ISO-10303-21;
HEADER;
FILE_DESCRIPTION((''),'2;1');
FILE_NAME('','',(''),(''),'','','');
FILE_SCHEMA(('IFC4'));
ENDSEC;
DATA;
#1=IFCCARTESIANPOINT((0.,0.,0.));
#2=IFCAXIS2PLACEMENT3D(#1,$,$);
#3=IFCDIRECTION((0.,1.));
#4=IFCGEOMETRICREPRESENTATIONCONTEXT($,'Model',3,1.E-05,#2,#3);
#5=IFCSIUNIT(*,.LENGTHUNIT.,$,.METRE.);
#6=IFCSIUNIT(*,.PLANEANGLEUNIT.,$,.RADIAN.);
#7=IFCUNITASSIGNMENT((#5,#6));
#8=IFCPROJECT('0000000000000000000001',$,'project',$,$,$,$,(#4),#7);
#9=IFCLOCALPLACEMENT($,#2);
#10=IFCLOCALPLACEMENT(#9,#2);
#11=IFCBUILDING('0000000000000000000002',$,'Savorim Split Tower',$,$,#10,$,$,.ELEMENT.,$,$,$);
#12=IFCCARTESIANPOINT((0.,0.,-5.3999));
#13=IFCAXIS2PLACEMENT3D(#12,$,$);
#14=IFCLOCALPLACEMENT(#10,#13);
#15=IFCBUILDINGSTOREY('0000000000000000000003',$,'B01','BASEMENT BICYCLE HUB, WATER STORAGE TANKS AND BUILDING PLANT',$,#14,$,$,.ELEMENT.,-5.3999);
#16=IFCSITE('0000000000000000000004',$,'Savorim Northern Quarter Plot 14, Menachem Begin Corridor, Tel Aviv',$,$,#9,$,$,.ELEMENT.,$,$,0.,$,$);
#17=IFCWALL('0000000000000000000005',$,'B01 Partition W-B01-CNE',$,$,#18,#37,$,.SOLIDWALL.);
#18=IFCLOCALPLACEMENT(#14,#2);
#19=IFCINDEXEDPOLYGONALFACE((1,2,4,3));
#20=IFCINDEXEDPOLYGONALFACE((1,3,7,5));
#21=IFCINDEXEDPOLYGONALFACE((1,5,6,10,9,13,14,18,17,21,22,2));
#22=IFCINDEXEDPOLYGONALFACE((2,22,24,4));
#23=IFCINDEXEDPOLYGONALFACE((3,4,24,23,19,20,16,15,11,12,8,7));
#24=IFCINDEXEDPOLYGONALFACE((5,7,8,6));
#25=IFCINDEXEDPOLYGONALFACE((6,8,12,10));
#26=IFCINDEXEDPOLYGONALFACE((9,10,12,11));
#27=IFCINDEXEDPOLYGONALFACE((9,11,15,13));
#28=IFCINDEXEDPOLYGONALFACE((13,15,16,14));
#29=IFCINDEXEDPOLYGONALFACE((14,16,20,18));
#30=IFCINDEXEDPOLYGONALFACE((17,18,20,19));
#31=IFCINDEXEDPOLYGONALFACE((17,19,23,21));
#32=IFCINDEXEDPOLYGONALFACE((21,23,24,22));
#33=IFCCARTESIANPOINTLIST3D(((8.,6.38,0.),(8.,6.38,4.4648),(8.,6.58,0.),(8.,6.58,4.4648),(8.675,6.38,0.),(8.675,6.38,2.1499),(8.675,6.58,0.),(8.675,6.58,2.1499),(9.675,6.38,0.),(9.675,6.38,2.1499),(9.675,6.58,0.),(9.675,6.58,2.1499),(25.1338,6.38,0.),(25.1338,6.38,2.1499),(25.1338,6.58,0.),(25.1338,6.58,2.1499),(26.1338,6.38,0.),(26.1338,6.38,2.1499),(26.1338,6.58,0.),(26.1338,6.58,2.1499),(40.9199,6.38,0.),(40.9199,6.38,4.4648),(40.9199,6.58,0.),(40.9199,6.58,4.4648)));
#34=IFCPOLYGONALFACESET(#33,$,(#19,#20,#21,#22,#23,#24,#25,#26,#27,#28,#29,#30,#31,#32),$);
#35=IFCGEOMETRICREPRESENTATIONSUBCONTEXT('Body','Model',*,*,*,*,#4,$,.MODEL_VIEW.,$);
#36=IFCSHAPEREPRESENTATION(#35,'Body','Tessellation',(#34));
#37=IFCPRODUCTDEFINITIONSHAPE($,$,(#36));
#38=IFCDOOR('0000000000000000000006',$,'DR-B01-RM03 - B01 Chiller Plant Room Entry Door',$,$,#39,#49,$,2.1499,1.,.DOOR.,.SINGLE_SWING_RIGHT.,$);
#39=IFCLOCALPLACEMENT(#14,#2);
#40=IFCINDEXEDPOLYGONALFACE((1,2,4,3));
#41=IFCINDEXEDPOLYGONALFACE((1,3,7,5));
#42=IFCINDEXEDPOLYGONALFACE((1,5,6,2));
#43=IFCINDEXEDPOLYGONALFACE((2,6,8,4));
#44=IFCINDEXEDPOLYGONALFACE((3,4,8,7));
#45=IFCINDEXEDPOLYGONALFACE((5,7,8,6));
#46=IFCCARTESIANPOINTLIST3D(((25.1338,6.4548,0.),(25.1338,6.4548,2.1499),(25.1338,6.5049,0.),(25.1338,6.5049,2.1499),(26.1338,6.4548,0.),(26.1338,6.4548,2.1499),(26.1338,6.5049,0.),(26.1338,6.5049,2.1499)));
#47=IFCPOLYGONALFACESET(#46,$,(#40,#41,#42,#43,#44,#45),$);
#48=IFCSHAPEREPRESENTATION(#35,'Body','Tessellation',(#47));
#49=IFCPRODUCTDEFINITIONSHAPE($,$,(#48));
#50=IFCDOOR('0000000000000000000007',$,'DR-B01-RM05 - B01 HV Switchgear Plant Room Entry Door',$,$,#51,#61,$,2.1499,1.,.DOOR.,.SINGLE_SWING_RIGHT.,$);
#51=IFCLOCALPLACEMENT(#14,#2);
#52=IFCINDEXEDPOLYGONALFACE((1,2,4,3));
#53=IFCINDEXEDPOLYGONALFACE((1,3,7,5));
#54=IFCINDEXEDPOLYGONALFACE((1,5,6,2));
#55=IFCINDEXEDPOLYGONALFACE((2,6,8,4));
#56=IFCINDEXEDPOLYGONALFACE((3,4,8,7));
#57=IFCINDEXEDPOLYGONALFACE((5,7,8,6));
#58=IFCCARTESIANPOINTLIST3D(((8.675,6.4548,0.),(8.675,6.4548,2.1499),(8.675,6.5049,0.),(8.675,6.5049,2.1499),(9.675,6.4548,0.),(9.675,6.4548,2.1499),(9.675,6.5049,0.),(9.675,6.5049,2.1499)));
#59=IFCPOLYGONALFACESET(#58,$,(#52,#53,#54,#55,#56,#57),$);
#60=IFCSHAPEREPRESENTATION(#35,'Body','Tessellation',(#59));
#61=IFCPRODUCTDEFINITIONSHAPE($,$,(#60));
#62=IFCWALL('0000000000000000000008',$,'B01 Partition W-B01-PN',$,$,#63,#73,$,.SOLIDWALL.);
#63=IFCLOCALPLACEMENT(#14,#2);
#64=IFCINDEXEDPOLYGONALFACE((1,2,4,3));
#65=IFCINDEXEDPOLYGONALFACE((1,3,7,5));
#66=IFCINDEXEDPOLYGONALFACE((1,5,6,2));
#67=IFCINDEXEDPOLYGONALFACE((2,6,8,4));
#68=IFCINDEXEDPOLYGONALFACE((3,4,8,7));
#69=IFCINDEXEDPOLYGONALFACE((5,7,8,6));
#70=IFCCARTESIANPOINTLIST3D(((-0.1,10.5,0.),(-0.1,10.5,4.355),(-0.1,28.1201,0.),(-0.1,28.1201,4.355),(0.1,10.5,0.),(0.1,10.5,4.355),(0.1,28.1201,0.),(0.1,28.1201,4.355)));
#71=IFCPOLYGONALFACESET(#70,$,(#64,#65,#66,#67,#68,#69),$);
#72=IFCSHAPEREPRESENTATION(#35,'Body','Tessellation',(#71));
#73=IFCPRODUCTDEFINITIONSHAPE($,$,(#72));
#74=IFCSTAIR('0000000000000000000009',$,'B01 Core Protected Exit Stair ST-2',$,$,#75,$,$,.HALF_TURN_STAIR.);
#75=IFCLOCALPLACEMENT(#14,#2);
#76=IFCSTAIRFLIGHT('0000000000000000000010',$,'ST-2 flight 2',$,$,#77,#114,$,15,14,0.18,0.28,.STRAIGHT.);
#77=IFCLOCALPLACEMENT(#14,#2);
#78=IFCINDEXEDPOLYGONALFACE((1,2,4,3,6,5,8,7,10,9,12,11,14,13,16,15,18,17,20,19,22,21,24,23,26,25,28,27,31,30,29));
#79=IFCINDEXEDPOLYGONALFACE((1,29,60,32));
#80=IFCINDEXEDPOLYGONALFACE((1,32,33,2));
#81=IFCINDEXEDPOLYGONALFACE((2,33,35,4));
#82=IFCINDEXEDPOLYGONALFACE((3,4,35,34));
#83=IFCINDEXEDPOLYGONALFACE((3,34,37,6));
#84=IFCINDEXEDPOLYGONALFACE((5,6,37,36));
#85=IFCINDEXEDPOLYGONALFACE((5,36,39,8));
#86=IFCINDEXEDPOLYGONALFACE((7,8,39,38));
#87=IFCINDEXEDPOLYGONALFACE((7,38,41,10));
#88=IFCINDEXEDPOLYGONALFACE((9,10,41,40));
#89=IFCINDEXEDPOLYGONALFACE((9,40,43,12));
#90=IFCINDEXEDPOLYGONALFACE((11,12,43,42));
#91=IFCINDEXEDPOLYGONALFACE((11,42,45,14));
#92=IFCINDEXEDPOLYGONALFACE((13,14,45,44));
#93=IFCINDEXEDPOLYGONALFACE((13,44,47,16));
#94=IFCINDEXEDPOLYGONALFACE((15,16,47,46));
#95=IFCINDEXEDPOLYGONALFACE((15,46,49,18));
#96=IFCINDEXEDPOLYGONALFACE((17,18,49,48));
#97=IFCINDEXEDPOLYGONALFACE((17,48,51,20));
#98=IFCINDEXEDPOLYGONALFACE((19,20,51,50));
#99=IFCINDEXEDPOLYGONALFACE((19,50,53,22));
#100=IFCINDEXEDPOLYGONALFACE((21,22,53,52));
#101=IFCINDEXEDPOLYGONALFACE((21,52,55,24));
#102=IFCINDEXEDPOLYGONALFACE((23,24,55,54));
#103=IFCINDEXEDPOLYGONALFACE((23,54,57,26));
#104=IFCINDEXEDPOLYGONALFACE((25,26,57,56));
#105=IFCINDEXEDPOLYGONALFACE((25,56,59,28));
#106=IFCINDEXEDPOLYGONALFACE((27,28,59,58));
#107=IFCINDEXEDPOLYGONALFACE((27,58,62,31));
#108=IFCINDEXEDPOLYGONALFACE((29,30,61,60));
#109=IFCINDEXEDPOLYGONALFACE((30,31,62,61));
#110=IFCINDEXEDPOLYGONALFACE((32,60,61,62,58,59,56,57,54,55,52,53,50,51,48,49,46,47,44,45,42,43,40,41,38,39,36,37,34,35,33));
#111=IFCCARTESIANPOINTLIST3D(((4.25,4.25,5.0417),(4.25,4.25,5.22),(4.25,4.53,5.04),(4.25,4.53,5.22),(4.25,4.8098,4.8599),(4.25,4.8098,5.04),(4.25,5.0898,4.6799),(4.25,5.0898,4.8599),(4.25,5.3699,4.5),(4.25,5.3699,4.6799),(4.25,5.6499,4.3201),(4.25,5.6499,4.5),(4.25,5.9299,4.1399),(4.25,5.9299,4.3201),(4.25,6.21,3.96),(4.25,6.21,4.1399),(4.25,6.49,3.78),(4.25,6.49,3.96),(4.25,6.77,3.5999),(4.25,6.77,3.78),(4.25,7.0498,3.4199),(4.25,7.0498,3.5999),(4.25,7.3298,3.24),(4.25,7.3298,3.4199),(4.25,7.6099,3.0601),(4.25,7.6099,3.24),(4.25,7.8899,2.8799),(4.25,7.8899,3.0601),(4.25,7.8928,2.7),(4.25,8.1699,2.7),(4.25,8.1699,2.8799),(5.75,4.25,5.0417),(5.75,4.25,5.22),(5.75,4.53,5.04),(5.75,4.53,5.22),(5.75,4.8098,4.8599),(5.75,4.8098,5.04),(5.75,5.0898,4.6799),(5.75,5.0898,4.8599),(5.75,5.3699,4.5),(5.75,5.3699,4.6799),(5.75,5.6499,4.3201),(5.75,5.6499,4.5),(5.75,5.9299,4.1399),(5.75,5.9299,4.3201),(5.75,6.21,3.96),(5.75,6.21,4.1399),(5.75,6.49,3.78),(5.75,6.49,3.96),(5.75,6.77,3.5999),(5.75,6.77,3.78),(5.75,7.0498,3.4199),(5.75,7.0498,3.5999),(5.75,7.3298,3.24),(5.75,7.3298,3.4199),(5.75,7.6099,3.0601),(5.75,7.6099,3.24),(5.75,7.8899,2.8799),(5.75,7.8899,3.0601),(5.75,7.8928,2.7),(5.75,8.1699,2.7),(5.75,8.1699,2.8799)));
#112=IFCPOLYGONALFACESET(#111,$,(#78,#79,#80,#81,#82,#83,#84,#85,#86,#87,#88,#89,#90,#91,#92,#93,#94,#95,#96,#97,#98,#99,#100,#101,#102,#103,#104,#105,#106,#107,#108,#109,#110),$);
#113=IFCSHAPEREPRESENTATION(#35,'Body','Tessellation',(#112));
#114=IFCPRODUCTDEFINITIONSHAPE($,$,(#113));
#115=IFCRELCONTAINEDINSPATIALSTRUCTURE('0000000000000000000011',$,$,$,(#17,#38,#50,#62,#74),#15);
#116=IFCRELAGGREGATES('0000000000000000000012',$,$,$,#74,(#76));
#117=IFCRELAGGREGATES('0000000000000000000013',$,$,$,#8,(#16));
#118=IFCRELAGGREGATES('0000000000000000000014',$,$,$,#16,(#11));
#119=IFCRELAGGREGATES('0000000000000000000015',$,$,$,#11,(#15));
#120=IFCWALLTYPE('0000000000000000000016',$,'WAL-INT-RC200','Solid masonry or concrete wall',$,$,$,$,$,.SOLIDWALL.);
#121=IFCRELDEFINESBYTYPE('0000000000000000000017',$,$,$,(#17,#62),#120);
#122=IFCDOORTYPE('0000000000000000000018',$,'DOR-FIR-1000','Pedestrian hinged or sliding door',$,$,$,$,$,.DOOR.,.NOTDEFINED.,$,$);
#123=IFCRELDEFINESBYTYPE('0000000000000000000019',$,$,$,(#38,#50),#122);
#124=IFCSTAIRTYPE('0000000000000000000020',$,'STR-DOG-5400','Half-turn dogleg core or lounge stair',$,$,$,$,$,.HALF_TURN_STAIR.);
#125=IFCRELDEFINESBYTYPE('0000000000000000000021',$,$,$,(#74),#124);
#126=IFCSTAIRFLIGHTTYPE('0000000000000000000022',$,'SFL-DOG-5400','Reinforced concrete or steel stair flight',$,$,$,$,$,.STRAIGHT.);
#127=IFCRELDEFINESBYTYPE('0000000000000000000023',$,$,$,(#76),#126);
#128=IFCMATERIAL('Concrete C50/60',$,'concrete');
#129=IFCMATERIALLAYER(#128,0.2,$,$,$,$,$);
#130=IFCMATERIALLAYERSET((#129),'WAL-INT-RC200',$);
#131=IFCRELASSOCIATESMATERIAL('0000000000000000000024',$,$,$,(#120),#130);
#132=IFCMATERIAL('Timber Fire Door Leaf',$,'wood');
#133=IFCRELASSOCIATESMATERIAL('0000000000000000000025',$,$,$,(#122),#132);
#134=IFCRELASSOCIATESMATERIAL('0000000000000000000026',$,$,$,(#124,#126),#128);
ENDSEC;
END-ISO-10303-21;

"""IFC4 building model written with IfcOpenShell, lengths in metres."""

from ifc_helpers import new_model, si_unit, direction, frame, frame_2d, origin, place, context, subcontext, project, spatial, polyline, rectangle, outline, extrude, material, layer, layer_set, type_object, element, fill, aggregate, save


model = new_model("IFC4")

# Units and contexts
model_context = context("Model", 3, precision=1e-05, world=origin(), true_north=direction((0.0, 1.0)))
body_context = subcontext(model_context, "Body", "Model", "MODEL_VIEW")
ifc_project = project(units=[si_unit("LENGTHUNIT", "METRE"), si_unit("PLANEANGLEUNIT", "RADIAN")], contexts=[model_context])

# Site, building, storey
site_placement = place(None, origin())
site = spatial("IfcSite", under=ifc_project, at=site_placement, Name="Savorim Northern Quarter Plot 14, Menachem Begin Corridor, Tel Aviv", CompositionType="ELEMENT", RefElevation=0.0)
building_placement = place(site_placement, origin())
building = spatial("IfcBuilding", under=site, at=building_placement, Name="Savorim Split Tower", CompositionType="ELEMENT")
storey_placement = place(building_placement, frame((0.0, 0.0, -5.3999)))
storey = spatial("IfcBuildingStorey", under=building, at=storey_placement, Name="B01", Description="BASEMENT BICYCLE HUB, WATER STORAGE TANKS AND BUILDING PLANT", CompositionType="ELEMENT", Elevation=-5.3999)

# Shared definitions
ifc_material_1 = material(Name="Concrete C50/60", Category="concrete")

# Shared definitions
ifc_material_2 = material(Name="Timber Fire Door Leaf", Category="wood")

# Wall, openings, doors
ifc_layer_1 = layer(ifc_material_1, 0.2)
ifc_layer_set_1 = layer_set([ifc_layer_1], Name="WAL-INT-RC200")
wall_type_1 = type_object("IfcWallType", Name="WAL-INT-RC200", Description="Solid masonry or concrete wall", PredefinedType="SOLIDWALL", material=ifc_layer_set_1)
wall_1_placement = place(storey_placement, frame((8.0, 6.48, 0.0), z_axis=(0.0, 0.0, 1.0), x_axis=(1.0, 0.0, 0.0)))
wall_1 = element("IfcWall", 1, at=wall_1_placement, inside=storey, type_object=wall_type_1, Name="B01 Partition W-B01-CNE", PredefinedType="SOLIDWALL", context=body_context, shape_type="SweptSolid", body=[
    extrude(rectangle(XDim=32.9199, YDim=0.2, at=frame_2d((16.46, 0.0))), origin(), (0.0, 0.0, 1.0), 4.4648),
])
opening_1_placement = place(wall_1_placement, frame((17.1338, 0.0, 0.0)))
opening_1 = element("IfcOpeningElement", 2, at=opening_1_placement, cuts=wall_1, PredefinedType="OPENING", context=body_context, shape_type="SweptSolid", body=[
    extrude(rectangle(XDim=1.0, YDim=2.1499, at=frame_2d((0.5, 1.075))), frame((0.0, 0.1099, 0.0), z_axis=(0.0, -1.0, 0.0), x_axis=(1.0, 0.0, 0.0)), (0.0, 0.0, 1.0), 0.22),
])
opening_2_placement = place(wall_1_placement, frame((0.675, 0.0, 0.0)))
opening_2 = element("IfcOpeningElement", 3, at=opening_2_placement, cuts=wall_1, PredefinedType="OPENING", context=body_context, shape_type="SweptSolid", body=[
    extrude(rectangle(XDim=1.0, YDim=2.1499, at=frame_2d((0.5, 1.075))), frame((0.0, 0.1099, 0.0), z_axis=(0.0, -1.0, 0.0), x_axis=(1.0, 0.0, 0.0)), (0.0, 0.0, 1.0), 0.22),
])
door_type_1 = type_object("IfcDoorType", Name="DOR-FIR-1000", Description="Pedestrian hinged or sliding door", OperationType="NOTDEFINED", PredefinedType="DOOR", material=ifc_material_2)
door_1_placement = place(opening_1_placement, origin())
door_1 = element("IfcDoor", 4, at=door_1_placement, inside=storey, type_object=door_type_1, Name="DR-B01-RM03 - B01 Chiller Plant Room Entry Door", OperationType="SINGLE_SWING_RIGHT", OverallHeight=2.1499, OverallWidth=1.0, PredefinedType="DOOR", context=body_context, shape_type="SweptSolid", body=[
    extrude(rectangle(XDim=1.0, YDim=2.1499, at=frame_2d((0.5, 1.075))), frame((0.0, 0.0249, 0.0), z_axis=(0.0, -1.0, 0.0), x_axis=(1.0, 0.0, 0.0)), (0.0, 0.0, 1.0), 0.05),
])
fill(opening_1, door_1)
door_2_placement = place(opening_2_placement, origin())
door_2 = element("IfcDoor", 5, at=door_2_placement, inside=storey, type_object=door_type_1, Name="DR-B01-RM05 - B01 HV Switchgear Plant Room Entry Door", OperationType="SINGLE_SWING_RIGHT", OverallHeight=2.1499, OverallWidth=1.0, PredefinedType="DOOR", context=body_context, shape_type="SweptSolid", body=[
    extrude(rectangle(XDim=1.0, YDim=2.1499, at=frame_2d((0.5, 1.075))), frame((0.0, 0.0249, 0.0), z_axis=(0.0, -1.0, 0.0), x_axis=(1.0, 0.0, 0.0)), (0.0, 0.0, 1.0), 0.05),
])
fill(opening_2, door_2)

# Wall
wall_2_placement = place(storey_placement, frame((0.0, 10.5, 0.0), z_axis=(0.0, 0.0, 1.0), x_axis=(0.0, 1.0, 0.0)))
element("IfcWall", 6, at=wall_2_placement, inside=storey, type_object=wall_type_1, Name="B01 Partition W-B01-PN", PredefinedType="SOLIDWALL", context=body_context, shape_type="SweptSolid", body=[
    extrude(rectangle(XDim=17.6201, YDim=0.2, at=frame_2d((8.8101, 0.0))), origin(), (0.0, 0.0, 1.0), 4.355),
])

# Stair, stair flight
stair_type = type_object("IfcStairType", Name="STR-DOG-5400", Description="Half-turn dogleg core or lounge stair", PredefinedType="HALF_TURN_STAIR", material=ifc_material_1)
stair_placement = place(storey_placement, origin())
stair = element("IfcStair", 7, at=stair_placement, inside=storey, type_object=stair_type, Name="B01 Core Protected Exit Stair ST-2", PredefinedType="HALF_TURN_STAIR")
stair_flight_type = type_object("IfcStairFlightType", Name="SFL-DOG-5400", Description="Reinforced concrete or steel stair flight", PredefinedType="STRAIGHT", material=ifc_material_1)
stair_flight_placement = place(storey_placement, frame((5.0, 8.1699, 2.7), z_axis=(0.0, 0.0, 1.0), x_axis=(0.0, -1.0, 0.0)))
stair_flight = element("IfcStairFlight", 8, at=stair_flight_placement, type_object=stair_flight_type, Name="ST-2 flight 2", NumberOfRisers=15, NumberOfTreads=14, PredefinedType="STRAIGHT", RiserHeight=0.18, TreadLength=0.28, context=body_context, shape_type="SweptSolid", body=[
    extrude(outline(polyline([(0.0, 0.0), (0.0, 0.1799), (0.28, 0.1799), (0.28, 0.3601), (0.5601, 0.3601), (0.5601, 0.54), (0.8401, 0.54), (0.8401, 0.72), (1.1201, 0.72), (1.1201, 0.8999), (1.3999, 0.8999), (1.3999, 1.0801), (1.6799, 1.0801), (1.6799, 1.26), (1.96, 1.26), (1.96, 1.4399), (2.24, 1.4399), (2.24, 1.6201), (2.52, 1.6201), (2.52, 1.8), (2.8, 1.8), (2.8, 1.98), (3.0801, 1.98), (3.0801, 2.1599), (3.3601, 2.1599), (3.3601, 2.3401), (3.6399, 2.3401), (3.6399, 2.52), (3.9199, 2.52), (3.9199, 2.7), (3.9199, 2.3418), (0.2771, 0.0), (0.0, 0.0)])), frame((0.0, 0.75, 0.0), z_axis=(0.0, -1.0, 0.0), x_axis=(1.0, 0.0, 0.0)), (0.0, 0.0, 1.0), 1.5),
])
aggregate(stair, [stair_flight])

save(model, "model.ifc")
